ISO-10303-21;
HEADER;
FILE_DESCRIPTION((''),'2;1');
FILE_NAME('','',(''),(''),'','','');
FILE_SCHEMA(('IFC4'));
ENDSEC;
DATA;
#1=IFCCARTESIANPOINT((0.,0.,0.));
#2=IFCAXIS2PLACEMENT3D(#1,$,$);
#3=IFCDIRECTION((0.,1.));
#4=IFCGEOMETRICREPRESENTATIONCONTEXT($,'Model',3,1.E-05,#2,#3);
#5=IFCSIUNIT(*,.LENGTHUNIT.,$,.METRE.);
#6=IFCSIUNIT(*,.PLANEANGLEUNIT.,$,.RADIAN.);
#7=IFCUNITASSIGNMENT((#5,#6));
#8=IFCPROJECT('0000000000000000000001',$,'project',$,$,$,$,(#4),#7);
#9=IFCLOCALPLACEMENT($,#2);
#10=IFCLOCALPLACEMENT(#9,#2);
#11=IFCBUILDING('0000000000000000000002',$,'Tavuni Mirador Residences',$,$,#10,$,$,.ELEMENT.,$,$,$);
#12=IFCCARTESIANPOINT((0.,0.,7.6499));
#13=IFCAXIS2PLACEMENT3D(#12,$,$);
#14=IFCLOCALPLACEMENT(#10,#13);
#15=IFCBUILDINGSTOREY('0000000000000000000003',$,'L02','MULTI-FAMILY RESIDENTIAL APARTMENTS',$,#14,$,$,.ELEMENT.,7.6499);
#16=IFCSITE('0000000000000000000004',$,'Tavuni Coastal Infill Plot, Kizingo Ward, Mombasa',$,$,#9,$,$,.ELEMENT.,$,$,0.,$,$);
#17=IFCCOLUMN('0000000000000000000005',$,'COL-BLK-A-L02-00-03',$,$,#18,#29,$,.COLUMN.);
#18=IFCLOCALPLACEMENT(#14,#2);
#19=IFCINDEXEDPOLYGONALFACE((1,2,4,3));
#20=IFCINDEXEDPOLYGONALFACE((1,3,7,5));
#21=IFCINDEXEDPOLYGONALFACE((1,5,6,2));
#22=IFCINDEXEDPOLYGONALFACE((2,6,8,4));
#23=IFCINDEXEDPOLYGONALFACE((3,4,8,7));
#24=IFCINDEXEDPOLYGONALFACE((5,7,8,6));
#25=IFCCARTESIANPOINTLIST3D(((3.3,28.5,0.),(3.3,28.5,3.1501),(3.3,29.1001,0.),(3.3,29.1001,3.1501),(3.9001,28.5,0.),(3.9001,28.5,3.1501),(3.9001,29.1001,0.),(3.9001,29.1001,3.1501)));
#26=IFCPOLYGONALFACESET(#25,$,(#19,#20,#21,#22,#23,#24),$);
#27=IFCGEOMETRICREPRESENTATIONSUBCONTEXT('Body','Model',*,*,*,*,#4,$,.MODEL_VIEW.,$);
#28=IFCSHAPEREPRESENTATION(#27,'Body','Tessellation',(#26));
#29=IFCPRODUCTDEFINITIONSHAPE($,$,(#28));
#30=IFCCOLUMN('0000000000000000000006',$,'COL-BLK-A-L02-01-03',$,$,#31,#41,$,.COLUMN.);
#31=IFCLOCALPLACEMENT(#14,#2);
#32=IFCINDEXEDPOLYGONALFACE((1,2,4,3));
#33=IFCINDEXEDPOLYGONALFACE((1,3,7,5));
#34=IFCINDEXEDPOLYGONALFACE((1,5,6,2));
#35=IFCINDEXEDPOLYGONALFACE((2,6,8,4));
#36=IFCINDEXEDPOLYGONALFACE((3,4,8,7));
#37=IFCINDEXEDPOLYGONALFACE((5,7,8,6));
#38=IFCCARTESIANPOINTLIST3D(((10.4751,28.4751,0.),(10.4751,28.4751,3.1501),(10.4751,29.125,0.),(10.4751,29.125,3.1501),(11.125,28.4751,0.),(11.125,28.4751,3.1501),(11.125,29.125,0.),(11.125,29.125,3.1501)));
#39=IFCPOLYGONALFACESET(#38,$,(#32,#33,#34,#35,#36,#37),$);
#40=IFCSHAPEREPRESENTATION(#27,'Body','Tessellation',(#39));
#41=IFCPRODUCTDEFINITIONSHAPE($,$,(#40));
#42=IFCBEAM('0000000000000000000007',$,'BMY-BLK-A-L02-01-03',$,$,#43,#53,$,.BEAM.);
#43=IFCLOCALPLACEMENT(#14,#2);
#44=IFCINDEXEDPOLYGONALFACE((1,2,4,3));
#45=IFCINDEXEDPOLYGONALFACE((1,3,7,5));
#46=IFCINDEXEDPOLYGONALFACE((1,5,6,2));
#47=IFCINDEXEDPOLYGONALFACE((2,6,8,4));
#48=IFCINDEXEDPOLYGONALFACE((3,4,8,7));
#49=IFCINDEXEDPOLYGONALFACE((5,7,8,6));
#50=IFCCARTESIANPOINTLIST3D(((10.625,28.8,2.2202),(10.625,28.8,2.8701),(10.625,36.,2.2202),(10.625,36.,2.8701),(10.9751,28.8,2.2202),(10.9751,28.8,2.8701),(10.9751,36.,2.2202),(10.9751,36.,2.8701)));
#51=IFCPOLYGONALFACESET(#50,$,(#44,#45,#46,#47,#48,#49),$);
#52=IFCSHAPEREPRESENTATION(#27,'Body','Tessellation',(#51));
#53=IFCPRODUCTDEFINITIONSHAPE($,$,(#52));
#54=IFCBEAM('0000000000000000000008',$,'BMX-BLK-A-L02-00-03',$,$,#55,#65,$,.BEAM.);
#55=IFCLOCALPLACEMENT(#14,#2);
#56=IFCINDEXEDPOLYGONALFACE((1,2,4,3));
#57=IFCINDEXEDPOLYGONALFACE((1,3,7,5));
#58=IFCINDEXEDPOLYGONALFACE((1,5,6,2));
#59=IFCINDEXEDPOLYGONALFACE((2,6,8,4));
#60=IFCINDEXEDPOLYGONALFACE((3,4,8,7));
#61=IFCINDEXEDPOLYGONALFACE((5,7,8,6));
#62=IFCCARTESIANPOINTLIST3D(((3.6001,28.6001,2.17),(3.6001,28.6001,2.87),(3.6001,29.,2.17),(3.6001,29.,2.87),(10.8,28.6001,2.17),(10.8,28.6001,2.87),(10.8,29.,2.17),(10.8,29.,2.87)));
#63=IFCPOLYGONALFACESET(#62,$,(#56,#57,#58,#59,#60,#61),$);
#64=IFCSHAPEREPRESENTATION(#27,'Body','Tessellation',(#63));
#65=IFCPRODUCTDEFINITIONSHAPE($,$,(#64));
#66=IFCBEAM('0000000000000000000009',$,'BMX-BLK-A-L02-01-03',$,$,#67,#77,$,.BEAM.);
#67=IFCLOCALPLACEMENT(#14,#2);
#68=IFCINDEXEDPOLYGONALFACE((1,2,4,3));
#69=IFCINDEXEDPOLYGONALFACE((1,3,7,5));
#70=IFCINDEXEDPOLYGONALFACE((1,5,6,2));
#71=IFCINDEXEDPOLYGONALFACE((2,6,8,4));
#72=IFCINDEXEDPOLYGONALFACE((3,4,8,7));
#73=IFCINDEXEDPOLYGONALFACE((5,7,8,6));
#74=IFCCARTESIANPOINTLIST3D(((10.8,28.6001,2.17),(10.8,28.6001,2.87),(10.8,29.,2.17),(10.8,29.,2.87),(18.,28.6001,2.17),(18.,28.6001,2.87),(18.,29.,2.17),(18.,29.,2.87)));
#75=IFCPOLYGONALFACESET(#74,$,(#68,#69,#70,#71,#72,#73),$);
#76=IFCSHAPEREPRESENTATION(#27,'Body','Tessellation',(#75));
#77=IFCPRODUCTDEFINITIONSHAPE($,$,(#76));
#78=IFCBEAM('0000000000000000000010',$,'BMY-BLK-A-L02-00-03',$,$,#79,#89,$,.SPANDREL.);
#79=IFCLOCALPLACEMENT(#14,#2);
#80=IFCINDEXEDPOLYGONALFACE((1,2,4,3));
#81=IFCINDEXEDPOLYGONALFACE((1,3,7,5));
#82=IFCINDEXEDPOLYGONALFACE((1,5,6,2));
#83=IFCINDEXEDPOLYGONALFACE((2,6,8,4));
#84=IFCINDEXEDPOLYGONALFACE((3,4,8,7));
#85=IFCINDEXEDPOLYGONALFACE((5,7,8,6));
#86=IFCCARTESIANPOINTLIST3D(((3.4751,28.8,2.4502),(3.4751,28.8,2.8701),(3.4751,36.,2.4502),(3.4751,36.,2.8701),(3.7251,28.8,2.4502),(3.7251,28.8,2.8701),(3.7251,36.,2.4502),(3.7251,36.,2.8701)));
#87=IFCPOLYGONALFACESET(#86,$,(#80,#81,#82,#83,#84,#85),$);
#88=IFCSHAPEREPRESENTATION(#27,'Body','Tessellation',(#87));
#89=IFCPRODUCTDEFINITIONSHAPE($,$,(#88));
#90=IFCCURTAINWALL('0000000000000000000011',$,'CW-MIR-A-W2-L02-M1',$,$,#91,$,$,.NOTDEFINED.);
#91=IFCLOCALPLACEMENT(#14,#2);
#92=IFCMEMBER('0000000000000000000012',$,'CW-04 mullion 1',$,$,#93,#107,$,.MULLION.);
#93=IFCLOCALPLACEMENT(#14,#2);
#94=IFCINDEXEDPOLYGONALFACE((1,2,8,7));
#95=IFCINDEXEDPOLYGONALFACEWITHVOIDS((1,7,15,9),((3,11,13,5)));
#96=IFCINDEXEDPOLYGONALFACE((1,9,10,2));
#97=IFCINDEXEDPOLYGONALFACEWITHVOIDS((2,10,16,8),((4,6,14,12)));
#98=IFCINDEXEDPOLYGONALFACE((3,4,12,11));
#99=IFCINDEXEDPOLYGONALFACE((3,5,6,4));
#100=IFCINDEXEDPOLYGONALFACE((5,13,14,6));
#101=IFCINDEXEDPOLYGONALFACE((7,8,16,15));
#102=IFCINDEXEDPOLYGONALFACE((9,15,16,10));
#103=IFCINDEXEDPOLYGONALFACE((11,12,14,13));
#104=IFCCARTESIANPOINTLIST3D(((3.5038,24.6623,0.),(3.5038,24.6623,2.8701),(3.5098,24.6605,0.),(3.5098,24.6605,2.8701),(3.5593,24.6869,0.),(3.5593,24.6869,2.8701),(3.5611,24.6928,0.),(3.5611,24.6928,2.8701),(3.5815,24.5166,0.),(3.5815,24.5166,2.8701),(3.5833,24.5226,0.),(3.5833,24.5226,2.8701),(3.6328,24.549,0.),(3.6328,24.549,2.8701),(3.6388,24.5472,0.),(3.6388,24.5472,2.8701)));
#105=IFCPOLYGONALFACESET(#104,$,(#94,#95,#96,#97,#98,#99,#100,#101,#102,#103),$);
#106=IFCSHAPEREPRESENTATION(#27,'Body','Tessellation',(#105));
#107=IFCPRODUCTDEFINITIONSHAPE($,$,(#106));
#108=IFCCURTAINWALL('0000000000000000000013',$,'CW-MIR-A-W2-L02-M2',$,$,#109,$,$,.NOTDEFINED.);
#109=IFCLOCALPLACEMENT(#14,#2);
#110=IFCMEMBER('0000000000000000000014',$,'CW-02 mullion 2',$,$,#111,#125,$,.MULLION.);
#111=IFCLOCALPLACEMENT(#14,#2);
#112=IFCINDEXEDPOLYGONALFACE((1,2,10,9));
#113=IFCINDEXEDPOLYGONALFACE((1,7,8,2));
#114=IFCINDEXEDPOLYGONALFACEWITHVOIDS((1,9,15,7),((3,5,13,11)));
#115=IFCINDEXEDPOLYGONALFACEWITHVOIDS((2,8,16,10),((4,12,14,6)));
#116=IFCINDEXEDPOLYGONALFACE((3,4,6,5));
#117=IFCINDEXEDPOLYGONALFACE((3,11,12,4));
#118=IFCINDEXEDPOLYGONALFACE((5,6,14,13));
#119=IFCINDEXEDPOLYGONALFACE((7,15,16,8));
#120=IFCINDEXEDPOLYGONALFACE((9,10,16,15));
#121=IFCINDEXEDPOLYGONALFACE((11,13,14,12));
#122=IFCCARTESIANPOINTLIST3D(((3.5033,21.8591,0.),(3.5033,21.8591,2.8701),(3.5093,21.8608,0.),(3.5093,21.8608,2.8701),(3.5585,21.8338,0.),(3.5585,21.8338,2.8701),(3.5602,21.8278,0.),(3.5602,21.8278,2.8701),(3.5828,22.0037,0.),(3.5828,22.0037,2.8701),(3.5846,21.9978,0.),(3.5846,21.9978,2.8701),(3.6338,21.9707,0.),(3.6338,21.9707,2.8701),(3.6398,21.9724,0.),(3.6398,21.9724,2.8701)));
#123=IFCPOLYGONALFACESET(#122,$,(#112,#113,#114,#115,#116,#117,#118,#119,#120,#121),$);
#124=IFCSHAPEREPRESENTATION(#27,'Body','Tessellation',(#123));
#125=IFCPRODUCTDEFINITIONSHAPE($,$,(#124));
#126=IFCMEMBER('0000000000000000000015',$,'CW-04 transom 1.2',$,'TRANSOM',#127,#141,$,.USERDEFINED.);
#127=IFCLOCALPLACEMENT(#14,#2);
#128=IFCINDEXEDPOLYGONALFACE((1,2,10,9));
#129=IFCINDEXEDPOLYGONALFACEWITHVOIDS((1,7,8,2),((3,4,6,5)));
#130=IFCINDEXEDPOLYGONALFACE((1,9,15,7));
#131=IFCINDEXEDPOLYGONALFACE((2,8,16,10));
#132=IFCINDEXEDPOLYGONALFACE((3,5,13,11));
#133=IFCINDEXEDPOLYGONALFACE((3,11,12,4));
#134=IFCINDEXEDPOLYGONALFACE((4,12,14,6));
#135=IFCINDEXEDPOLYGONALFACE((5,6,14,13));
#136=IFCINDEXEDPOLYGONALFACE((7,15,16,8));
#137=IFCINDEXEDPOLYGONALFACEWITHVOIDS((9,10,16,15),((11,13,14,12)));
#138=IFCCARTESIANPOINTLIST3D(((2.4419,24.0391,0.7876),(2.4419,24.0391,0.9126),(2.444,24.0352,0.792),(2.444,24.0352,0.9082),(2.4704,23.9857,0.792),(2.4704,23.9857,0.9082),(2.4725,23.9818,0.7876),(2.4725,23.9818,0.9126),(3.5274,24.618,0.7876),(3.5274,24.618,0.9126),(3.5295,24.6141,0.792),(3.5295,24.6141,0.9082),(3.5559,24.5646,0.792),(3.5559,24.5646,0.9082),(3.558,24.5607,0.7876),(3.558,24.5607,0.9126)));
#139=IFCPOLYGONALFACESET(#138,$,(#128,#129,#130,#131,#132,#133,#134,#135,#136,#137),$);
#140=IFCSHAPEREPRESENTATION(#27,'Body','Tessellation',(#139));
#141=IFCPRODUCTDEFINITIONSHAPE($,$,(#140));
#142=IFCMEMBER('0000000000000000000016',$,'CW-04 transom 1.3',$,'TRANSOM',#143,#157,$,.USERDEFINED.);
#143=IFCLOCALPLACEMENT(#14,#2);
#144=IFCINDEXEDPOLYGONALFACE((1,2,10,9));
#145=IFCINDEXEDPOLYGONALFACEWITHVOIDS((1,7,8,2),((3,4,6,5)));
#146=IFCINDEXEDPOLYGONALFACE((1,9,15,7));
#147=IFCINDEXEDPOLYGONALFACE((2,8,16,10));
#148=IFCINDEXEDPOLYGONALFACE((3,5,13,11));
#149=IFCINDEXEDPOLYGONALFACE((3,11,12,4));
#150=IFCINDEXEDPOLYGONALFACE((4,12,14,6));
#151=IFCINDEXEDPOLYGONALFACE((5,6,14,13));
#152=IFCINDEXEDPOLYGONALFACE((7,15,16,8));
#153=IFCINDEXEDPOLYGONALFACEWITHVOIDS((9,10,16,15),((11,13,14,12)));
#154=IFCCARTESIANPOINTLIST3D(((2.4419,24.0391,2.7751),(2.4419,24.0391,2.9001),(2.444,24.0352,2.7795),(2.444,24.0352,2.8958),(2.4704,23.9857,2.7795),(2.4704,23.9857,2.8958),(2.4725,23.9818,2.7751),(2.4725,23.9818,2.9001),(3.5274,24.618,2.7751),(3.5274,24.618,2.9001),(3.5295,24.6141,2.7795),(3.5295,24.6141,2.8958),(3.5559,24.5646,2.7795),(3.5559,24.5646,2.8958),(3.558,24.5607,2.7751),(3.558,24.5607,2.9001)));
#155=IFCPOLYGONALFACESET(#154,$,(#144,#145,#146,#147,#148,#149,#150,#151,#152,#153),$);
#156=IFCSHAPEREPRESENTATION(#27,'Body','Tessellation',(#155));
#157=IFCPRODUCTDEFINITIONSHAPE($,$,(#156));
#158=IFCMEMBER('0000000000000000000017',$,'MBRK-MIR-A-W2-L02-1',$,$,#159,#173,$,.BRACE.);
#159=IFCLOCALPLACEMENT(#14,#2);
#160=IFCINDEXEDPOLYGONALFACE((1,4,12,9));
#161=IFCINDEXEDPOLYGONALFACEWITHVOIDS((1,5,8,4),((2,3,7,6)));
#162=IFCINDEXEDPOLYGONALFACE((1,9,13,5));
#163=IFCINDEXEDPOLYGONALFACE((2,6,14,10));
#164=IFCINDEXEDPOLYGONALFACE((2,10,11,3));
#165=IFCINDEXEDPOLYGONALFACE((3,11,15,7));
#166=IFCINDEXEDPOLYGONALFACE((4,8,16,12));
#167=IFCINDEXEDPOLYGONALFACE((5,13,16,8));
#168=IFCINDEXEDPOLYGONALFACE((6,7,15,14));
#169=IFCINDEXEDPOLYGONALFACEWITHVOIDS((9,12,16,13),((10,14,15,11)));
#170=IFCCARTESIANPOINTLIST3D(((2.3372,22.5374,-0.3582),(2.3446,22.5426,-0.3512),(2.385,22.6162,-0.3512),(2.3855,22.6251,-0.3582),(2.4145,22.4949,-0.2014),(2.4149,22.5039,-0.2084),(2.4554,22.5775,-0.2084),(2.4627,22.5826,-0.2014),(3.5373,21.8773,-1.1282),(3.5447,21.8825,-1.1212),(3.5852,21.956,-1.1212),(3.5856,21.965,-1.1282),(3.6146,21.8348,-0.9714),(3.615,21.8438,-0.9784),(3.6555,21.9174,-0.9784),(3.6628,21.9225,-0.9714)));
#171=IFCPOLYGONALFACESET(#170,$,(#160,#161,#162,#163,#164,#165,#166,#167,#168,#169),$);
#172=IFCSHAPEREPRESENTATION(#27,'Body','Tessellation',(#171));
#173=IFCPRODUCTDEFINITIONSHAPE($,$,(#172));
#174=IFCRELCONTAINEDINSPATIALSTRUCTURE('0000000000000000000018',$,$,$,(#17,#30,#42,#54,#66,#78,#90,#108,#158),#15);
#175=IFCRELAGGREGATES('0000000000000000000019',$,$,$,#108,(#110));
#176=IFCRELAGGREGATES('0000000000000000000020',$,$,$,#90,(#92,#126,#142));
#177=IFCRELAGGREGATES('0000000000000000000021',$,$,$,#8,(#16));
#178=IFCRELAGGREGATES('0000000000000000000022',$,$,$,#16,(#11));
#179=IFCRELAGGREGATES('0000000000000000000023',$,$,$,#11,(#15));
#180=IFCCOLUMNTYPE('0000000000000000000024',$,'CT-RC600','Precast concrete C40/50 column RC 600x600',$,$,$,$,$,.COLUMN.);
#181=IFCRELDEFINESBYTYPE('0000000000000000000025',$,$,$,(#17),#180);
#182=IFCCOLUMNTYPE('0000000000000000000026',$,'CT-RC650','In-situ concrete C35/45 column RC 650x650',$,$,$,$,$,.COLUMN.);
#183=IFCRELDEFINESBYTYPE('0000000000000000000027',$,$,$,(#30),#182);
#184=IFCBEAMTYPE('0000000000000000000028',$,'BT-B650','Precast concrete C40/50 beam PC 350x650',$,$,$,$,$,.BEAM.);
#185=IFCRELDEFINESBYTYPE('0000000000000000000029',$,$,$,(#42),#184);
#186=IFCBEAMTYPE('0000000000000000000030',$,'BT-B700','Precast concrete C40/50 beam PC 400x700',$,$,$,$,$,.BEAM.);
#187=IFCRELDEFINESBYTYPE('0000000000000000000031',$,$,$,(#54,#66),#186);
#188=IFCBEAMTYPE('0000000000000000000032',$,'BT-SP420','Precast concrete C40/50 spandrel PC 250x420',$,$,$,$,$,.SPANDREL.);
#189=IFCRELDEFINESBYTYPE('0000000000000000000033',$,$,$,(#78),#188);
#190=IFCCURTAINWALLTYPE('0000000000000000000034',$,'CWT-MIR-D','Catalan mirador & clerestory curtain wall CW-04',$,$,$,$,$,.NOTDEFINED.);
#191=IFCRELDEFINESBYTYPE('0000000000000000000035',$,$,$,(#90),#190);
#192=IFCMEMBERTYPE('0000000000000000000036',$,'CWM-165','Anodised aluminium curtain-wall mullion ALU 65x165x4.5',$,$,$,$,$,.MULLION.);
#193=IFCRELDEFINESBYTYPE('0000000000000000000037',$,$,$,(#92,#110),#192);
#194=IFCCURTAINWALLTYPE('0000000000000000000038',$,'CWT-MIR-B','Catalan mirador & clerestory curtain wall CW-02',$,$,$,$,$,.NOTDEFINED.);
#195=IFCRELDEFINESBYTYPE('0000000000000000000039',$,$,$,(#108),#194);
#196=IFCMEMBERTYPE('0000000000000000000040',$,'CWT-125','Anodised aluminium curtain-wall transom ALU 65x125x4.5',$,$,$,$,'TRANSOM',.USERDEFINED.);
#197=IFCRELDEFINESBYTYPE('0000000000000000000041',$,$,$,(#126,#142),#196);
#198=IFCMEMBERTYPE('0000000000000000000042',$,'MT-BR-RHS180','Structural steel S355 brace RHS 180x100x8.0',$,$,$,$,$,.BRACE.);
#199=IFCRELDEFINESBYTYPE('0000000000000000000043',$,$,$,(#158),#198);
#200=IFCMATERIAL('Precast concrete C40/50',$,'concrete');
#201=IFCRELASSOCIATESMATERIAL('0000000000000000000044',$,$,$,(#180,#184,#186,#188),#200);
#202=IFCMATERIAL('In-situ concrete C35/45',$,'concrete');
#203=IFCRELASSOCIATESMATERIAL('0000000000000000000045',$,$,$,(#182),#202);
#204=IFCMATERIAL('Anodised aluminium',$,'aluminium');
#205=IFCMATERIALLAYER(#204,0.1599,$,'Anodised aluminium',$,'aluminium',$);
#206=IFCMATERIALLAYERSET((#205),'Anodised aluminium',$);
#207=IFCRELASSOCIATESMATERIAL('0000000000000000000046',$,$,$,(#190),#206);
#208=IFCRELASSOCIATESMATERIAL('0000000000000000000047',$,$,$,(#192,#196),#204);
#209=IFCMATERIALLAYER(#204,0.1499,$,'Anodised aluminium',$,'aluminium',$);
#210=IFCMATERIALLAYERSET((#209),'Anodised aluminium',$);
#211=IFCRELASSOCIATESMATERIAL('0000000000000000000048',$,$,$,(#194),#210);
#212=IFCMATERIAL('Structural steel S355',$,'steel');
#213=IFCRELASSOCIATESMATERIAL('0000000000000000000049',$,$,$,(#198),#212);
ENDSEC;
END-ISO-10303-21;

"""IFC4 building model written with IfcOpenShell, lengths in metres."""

from ifc_helpers import new_model, si_unit, direction, frame, origin, origin_2d, place, context, subcontext, project, spatial, rectangle, hollow_rectangle, extrude, material, layer, layer_set, material_profile, profile_set, type_object, element, aggregate, save


model = new_model("IFC4")

# Units and contexts
model_context = context("Model", 3, precision=1e-05, world=origin(), true_north=direction((0.0, 1.0)))
body_context = subcontext(model_context, "Body", "Model", "MODEL_VIEW")
ifc_project = project(units=[si_unit("LENGTHUNIT", "METRE"), si_unit("PLANEANGLEUNIT", "RADIAN")], contexts=[model_context])

# Site, building, storey
site_placement = place(None, origin())
site = spatial("IfcSite", under=ifc_project, at=site_placement, Name="Tavuni Coastal Infill Plot, Kizingo Ward, Mombasa", CompositionType="ELEMENT", RefElevation=0.0)
building_placement = place(site_placement, origin())
building = spatial("IfcBuilding", under=site, at=building_placement, Name="Tavuni Mirador Residences", CompositionType="ELEMENT")
storey_placement = place(building_placement, frame((0.0, 0.0, 7.6499)))
storey = spatial("IfcBuildingStorey", under=building, at=storey_placement, Name="L02", Description="MULTI-FAMILY RESIDENTIAL APARTMENTS", CompositionType="ELEMENT", Elevation=7.6499)

# Columns
ifc_material_1 = material(Name="Precast concrete C40/50", Category="concrete")
ifc_material_profile_1 = material_profile(ifc_material_1, rectangle(XDim=0.6001, YDim=0.6001, at=origin_2d()), Name="RC 600x600", Category="concrete")
ifc_profile_set_1 = profile_set([ifc_material_profile_1], Name="Precast concrete C40/50")
column_type_1 = type_object("IfcColumnType", Name="CT-RC600", Description="Precast concrete C40/50 column RC 600x600", PredefinedType="COLUMN", material=ifc_profile_set_1)
column_1_placement = place(storey_placement, frame((3.6001, 28.8, 0.0), z_axis=(0.0, 0.0, 1.0), x_axis=(1.0, 0.0, 0.0)))
element("IfcColumn", 1, at=column_1_placement, inside=storey, type_object=column_type_1, Name="COL-BLK-A-L02-00-03", PredefinedType="COLUMN", context=body_context, shape_type="SweptSolid", body=[
    extrude(rectangle(XDim=0.6001, YDim=0.6001, at=origin_2d()), origin(), (0.0, 0.0, 1.0), 3.1501),
])
ifc_material_2 = material(Name="In-situ concrete C35/45", Category="concrete")
ifc_material_profile_2 = material_profile(ifc_material_2, rectangle(XDim=0.6499, YDim=0.6499, at=origin_2d()), Name="RC 650x650", Category="concrete")
ifc_profile_set_2 = profile_set([ifc_material_profile_2], Name="In-situ concrete C35/45")
column_type_2 = type_object("IfcColumnType", Name="CT-RC650", Description="In-situ concrete C35/45 column RC 650x650", PredefinedType="COLUMN", material=ifc_profile_set_2)
column_2_placement = place(storey_placement, frame((10.8, 28.8, 0.0), z_axis=(0.0, 0.0, 1.0), x_axis=(1.0, 0.0, 0.0)))
element("IfcColumn", 2, at=column_2_placement, inside=storey, type_object=column_type_2, Name="COL-BLK-A-L02-01-03", PredefinedType="COLUMN", context=body_context, shape_type="SweptSolid", body=[
    extrude(rectangle(XDim=0.6499, YDim=0.6499, at=origin_2d()), origin(), (0.0, 0.0, 1.0), 3.1501),
])

# Beams
ifc_material_profile_3 = material_profile(ifc_material_1, rectangle(XDim=0.3501, YDim=0.6499, at=origin_2d()), Name="PC 350x650", Category="concrete")
ifc_profile_set_3 = profile_set([ifc_material_profile_3], Name="Precast concrete C40/50")
beam_type_1 = type_object("IfcBeamType", Name="BT-B650", Description="Precast concrete C40/50 beam PC 350x650", PredefinedType="BEAM", material=ifc_profile_set_3)
beam_1_placement = place(storey_placement, frame((10.8, 28.8, 2.5452), z_axis=(0.0, 1.0, 0.0), x_axis=(-1.0, 0.0, 0.0)))
element("IfcBeam", 3, at=beam_1_placement, inside=storey, type_object=beam_type_1, Name="BMY-BLK-A-L02-01-03", PredefinedType="BEAM", context=body_context, shape_type="SweptSolid", body=[
    extrude(rectangle(XDim=0.3501, YDim=0.6499, at=origin_2d()), origin(), (0.0, 0.0, 1.0), 7.2),
])
ifc_material_profile_4 = material_profile(ifc_material_1, rectangle(XDim=0.3999, YDim=0.7, at=origin_2d()), Name="PC 400x700", Category="concrete")
ifc_profile_set_4 = profile_set([ifc_material_profile_4], Name="Precast concrete C40/50")
beam_type_2 = type_object("IfcBeamType", Name="BT-B700", Description="Precast concrete C40/50 beam PC 400x700", PredefinedType="BEAM", material=ifc_profile_set_4)
for number, where, z_axis, x_axis, name in (
    (4, (3.6001, 28.8, 2.52), (1.0, 0.0, 0.0), (0.0, 1.0, 0.0), "BMX-BLK-A-L02-00-03"),
    (5, (10.8, 28.8, 2.52), (1.0, 0.0, 0.0), (0.0, 1.0, 0.0), "BMX-BLK-A-L02-01-03"),
):
    element("IfcBeam", number, at=place(storey_placement, frame(where, z_axis=z_axis, x_axis=x_axis)), inside=storey, type_object=beam_type_2, Name=name, PredefinedType="BEAM", context=body_context, shape_type="SweptSolid", body=[
        extrude(rectangle(XDim=0.3999, YDim=0.7, at=origin_2d()), origin(), (0.0, 0.0, 1.0), 7.2),
    ])
ifc_material_profile_5 = material_profile(ifc_material_1, rectangle(XDim=0.25, YDim=0.4199, at=origin_2d()), Name="PC 250x420", Category="concrete")
ifc_profile_set_5 = profile_set([ifc_material_profile_5], Name="Precast concrete C40/50")
beam_type_3 = type_object("IfcBeamType", Name="BT-SP420", Description="Precast concrete C40/50 spandrel PC 250x420", PredefinedType="SPANDREL", material=ifc_profile_set_5)
beam_2_placement = place(storey_placement, frame((3.6001, 28.8, 2.6602), z_axis=(0.0, 1.0, 0.0), x_axis=(-1.0, 0.0, 0.0)))
element("IfcBeam", 6, at=beam_2_placement, inside=storey, type_object=beam_type_3, Name="BMY-BLK-A-L02-00-03", PredefinedType="SPANDREL", context=body_context, shape_type="SweptSolid", body=[
    extrude(rectangle(XDim=0.25, YDim=0.4199, at=origin_2d()), origin(), (0.0, 0.0, 1.0), 7.2),
])

# Curtain walls, members
ifc_material_3 = material(Name="Anodised aluminium", Category="aluminium")
ifc_layer_1 = layer(ifc_material_3, 0.1599, Name="Anodised aluminium", Category="aluminium")
ifc_layer_set_1 = layer_set([ifc_layer_1], Name="Anodised aluminium")
curtain_wall_type_1 = type_object("IfcCurtainWallType", Name="CWT-MIR-D", Description="Catalan mirador & clerestory curtain wall CW-04", PredefinedType="NOTDEFINED", material=ifc_layer_set_1)
curtain_wall_1_placement = place(storey_placement, origin())
curtain_wall_1 = element("IfcCurtainWall", 7, at=curtain_wall_1_placement, inside=storey, type_object=curtain_wall_type_1, Name="CW-MIR-A-W2-L02-M1", PredefinedType="NOTDEFINED")
ifc_material_profile_6 = material_profile(ifc_material_3, hollow_rectangle(XDim=0.0649, YDim=0.165, WallThickness=0.0044, at=origin_2d()), Name="ALU 65x165x4.5", Category="aluminium")
ifc_profile_set_6 = profile_set([ifc_material_profile_6], Name="Anodised aluminium")
member_type_1 = type_object("IfcMemberType", Name="CWM-165", Description="Anodised aluminium curtain-wall mullion ALU 65x165x4.5", PredefinedType="MULLION", material=ifc_profile_set_6)
member_1_placement = place(storey_placement, frame((3.5713, 24.6047, 0.0), z_axis=(0.0, 0.0, 1.0), x_axis=(-0.882353, -0.470588, 0.0)))
member_1 = element("IfcMember", 8, at=member_1_placement, type_object=member_type_1, Name="CW-04 mullion 1", PredefinedType="MULLION", context=body_context, shape_type="SweptSolid", body=[
    extrude(hollow_rectangle(XDim=0.0649, YDim=0.165, WallThickness=0.0044, at=origin_2d()), origin(), (0.0, 0.0, 1.0), 2.8701),
])
ifc_layer_2 = layer(ifc_material_3, 0.1499, Name="Anodised aluminium", Category="aluminium")
ifc_layer_set_2 = layer_set([ifc_layer_2], Name="Anodised aluminium")
curtain_wall_type_2 = type_object("IfcCurtainWallType", Name="CWT-MIR-B", Description="Catalan mirador & clerestory curtain wall CW-02", PredefinedType="NOTDEFINED", material=ifc_layer_set_2)
curtain_wall_2_placement = place(storey_placement, origin())
curtain_wall_2 = element("IfcCurtainWall", 9, at=curtain_wall_2_placement, inside=storey, type_object=curtain_wall_type_2, Name="CW-MIR-A-W2-L02-M2", PredefinedType="NOTDEFINED")
member_2_placement = place(storey_placement, frame((3.5715, 21.9158, 0.0), z_axis=(0.0, 0.0, 1.0), x_axis=(0.876216, -0.481919, 0.0)))
member_2 = element("IfcMember", 10, at=member_2_placement, type_object=member_type_1, Name="CW-02 mullion 2", PredefinedType="MULLION", context=body_context, shape_type="SweptSolid", body=[
    extrude(hollow_rectangle(XDim=0.0649, YDim=0.165, WallThickness=0.0044, at=origin_2d()), origin(), (0.0, 0.0, 1.0), 2.8701),
])
aggregate(curtain_wall_2, [member_2])

# Members
ifc_material_profile_7 = material_profile(ifc_material_3, hollow_rectangle(XDim=0.0649, YDim=0.125, WallThickness=0.0044, at=origin_2d()), Name="ALU 65x125x4.5", Category="aluminium")
ifc_profile_set_7 = profile_set([ifc_material_profile_7], Name="Anodised aluminium")
member_type_2 = type_object("IfcMemberType", Name="CWT-125", Description="Anodised aluminium curtain-wall transom ALU 65x125x4.5", ElementType="TRANSOM", PredefinedType="USERDEFINED", material=ifc_profile_set_7)
member_3_placement = place(storey_placement, frame((3.5427, 24.5894, 0.8501), z_axis=(-0.882369, -0.470557, 0.0), x_axis=(0.470557, -0.882369, 0.0)))
member_3 = element("IfcMember", 11, at=member_3_placement, type_object=member_type_2, Name="CW-04 transom 1.2", ObjectType="TRANSOM", PredefinedType="USERDEFINED", context=body_context, shape_type="SweptSolid", body=[
    extrude(hollow_rectangle(XDim=0.0649, YDim=0.125, WallThickness=0.0044, at=origin_2d()), origin(), (0.0, 0.0, 1.0), 1.2302),
])
member_4_placement = place(storey_placement, frame((3.5427, 24.5894, 2.8376), z_axis=(-0.882369, -0.470557, 0.0), x_axis=(0.470557, -0.882369, 0.0)))
member_4 = element("IfcMember", 12, at=member_4_placement, type_object=member_type_2, Name="CW-04 transom 1.3", ObjectType="TRANSOM", PredefinedType="USERDEFINED", context=body_context, shape_type="SweptSolid", body=[
    extrude(hollow_rectangle(XDim=0.0649, YDim=0.125, WallThickness=0.0044, at=origin_2d()), origin(), (0.0, 0.0, 1.0), 1.2302),
])
aggregate(curtain_wall_1, [member_1, member_3, member_4])

# Member
ifc_material_4 = material(Name="Structural steel S355", Category="steel")
ifc_material_profile_8 = material_profile(ifc_material_4, hollow_rectangle(XDim=0.1001, YDim=0.1799, WallThickness=0.0081, at=origin_2d()), Name="RHS 180x100x8.0", Category="steel")
ifc_profile_set_8 = profile_set([ifc_material_profile_8], Name="Structural steel S355")
member_type_3 = type_object("IfcMemberType", Name="MT-BR-RHS180", Description="Structural steel S355 brace RHS 180x100x8.0", PredefinedType="BRACE", material=ifc_profile_set_8)
member_5_placement = place(storey_placement, frame((3.6001, 21.8999, -1.0498), z_axis=(-0.763789, 0.420115, 0.490031), x_axis=(-0.481946, -0.876201, 0.0)))
element("IfcMember", 13, at=member_5_placement, inside=storey, type_object=member_type_3, Name="MBRK-MIR-A-W2-L02-1", PredefinedType="BRACE", context=body_context, shape_type="SweptSolid", body=[
    extrude(hollow_rectangle(XDim=0.1001, YDim=0.1799, WallThickness=0.0081, at=origin_2d()), origin(), (0.0, 0.0, 1.0), 1.5713),
])

save(model, "model.ifc")
